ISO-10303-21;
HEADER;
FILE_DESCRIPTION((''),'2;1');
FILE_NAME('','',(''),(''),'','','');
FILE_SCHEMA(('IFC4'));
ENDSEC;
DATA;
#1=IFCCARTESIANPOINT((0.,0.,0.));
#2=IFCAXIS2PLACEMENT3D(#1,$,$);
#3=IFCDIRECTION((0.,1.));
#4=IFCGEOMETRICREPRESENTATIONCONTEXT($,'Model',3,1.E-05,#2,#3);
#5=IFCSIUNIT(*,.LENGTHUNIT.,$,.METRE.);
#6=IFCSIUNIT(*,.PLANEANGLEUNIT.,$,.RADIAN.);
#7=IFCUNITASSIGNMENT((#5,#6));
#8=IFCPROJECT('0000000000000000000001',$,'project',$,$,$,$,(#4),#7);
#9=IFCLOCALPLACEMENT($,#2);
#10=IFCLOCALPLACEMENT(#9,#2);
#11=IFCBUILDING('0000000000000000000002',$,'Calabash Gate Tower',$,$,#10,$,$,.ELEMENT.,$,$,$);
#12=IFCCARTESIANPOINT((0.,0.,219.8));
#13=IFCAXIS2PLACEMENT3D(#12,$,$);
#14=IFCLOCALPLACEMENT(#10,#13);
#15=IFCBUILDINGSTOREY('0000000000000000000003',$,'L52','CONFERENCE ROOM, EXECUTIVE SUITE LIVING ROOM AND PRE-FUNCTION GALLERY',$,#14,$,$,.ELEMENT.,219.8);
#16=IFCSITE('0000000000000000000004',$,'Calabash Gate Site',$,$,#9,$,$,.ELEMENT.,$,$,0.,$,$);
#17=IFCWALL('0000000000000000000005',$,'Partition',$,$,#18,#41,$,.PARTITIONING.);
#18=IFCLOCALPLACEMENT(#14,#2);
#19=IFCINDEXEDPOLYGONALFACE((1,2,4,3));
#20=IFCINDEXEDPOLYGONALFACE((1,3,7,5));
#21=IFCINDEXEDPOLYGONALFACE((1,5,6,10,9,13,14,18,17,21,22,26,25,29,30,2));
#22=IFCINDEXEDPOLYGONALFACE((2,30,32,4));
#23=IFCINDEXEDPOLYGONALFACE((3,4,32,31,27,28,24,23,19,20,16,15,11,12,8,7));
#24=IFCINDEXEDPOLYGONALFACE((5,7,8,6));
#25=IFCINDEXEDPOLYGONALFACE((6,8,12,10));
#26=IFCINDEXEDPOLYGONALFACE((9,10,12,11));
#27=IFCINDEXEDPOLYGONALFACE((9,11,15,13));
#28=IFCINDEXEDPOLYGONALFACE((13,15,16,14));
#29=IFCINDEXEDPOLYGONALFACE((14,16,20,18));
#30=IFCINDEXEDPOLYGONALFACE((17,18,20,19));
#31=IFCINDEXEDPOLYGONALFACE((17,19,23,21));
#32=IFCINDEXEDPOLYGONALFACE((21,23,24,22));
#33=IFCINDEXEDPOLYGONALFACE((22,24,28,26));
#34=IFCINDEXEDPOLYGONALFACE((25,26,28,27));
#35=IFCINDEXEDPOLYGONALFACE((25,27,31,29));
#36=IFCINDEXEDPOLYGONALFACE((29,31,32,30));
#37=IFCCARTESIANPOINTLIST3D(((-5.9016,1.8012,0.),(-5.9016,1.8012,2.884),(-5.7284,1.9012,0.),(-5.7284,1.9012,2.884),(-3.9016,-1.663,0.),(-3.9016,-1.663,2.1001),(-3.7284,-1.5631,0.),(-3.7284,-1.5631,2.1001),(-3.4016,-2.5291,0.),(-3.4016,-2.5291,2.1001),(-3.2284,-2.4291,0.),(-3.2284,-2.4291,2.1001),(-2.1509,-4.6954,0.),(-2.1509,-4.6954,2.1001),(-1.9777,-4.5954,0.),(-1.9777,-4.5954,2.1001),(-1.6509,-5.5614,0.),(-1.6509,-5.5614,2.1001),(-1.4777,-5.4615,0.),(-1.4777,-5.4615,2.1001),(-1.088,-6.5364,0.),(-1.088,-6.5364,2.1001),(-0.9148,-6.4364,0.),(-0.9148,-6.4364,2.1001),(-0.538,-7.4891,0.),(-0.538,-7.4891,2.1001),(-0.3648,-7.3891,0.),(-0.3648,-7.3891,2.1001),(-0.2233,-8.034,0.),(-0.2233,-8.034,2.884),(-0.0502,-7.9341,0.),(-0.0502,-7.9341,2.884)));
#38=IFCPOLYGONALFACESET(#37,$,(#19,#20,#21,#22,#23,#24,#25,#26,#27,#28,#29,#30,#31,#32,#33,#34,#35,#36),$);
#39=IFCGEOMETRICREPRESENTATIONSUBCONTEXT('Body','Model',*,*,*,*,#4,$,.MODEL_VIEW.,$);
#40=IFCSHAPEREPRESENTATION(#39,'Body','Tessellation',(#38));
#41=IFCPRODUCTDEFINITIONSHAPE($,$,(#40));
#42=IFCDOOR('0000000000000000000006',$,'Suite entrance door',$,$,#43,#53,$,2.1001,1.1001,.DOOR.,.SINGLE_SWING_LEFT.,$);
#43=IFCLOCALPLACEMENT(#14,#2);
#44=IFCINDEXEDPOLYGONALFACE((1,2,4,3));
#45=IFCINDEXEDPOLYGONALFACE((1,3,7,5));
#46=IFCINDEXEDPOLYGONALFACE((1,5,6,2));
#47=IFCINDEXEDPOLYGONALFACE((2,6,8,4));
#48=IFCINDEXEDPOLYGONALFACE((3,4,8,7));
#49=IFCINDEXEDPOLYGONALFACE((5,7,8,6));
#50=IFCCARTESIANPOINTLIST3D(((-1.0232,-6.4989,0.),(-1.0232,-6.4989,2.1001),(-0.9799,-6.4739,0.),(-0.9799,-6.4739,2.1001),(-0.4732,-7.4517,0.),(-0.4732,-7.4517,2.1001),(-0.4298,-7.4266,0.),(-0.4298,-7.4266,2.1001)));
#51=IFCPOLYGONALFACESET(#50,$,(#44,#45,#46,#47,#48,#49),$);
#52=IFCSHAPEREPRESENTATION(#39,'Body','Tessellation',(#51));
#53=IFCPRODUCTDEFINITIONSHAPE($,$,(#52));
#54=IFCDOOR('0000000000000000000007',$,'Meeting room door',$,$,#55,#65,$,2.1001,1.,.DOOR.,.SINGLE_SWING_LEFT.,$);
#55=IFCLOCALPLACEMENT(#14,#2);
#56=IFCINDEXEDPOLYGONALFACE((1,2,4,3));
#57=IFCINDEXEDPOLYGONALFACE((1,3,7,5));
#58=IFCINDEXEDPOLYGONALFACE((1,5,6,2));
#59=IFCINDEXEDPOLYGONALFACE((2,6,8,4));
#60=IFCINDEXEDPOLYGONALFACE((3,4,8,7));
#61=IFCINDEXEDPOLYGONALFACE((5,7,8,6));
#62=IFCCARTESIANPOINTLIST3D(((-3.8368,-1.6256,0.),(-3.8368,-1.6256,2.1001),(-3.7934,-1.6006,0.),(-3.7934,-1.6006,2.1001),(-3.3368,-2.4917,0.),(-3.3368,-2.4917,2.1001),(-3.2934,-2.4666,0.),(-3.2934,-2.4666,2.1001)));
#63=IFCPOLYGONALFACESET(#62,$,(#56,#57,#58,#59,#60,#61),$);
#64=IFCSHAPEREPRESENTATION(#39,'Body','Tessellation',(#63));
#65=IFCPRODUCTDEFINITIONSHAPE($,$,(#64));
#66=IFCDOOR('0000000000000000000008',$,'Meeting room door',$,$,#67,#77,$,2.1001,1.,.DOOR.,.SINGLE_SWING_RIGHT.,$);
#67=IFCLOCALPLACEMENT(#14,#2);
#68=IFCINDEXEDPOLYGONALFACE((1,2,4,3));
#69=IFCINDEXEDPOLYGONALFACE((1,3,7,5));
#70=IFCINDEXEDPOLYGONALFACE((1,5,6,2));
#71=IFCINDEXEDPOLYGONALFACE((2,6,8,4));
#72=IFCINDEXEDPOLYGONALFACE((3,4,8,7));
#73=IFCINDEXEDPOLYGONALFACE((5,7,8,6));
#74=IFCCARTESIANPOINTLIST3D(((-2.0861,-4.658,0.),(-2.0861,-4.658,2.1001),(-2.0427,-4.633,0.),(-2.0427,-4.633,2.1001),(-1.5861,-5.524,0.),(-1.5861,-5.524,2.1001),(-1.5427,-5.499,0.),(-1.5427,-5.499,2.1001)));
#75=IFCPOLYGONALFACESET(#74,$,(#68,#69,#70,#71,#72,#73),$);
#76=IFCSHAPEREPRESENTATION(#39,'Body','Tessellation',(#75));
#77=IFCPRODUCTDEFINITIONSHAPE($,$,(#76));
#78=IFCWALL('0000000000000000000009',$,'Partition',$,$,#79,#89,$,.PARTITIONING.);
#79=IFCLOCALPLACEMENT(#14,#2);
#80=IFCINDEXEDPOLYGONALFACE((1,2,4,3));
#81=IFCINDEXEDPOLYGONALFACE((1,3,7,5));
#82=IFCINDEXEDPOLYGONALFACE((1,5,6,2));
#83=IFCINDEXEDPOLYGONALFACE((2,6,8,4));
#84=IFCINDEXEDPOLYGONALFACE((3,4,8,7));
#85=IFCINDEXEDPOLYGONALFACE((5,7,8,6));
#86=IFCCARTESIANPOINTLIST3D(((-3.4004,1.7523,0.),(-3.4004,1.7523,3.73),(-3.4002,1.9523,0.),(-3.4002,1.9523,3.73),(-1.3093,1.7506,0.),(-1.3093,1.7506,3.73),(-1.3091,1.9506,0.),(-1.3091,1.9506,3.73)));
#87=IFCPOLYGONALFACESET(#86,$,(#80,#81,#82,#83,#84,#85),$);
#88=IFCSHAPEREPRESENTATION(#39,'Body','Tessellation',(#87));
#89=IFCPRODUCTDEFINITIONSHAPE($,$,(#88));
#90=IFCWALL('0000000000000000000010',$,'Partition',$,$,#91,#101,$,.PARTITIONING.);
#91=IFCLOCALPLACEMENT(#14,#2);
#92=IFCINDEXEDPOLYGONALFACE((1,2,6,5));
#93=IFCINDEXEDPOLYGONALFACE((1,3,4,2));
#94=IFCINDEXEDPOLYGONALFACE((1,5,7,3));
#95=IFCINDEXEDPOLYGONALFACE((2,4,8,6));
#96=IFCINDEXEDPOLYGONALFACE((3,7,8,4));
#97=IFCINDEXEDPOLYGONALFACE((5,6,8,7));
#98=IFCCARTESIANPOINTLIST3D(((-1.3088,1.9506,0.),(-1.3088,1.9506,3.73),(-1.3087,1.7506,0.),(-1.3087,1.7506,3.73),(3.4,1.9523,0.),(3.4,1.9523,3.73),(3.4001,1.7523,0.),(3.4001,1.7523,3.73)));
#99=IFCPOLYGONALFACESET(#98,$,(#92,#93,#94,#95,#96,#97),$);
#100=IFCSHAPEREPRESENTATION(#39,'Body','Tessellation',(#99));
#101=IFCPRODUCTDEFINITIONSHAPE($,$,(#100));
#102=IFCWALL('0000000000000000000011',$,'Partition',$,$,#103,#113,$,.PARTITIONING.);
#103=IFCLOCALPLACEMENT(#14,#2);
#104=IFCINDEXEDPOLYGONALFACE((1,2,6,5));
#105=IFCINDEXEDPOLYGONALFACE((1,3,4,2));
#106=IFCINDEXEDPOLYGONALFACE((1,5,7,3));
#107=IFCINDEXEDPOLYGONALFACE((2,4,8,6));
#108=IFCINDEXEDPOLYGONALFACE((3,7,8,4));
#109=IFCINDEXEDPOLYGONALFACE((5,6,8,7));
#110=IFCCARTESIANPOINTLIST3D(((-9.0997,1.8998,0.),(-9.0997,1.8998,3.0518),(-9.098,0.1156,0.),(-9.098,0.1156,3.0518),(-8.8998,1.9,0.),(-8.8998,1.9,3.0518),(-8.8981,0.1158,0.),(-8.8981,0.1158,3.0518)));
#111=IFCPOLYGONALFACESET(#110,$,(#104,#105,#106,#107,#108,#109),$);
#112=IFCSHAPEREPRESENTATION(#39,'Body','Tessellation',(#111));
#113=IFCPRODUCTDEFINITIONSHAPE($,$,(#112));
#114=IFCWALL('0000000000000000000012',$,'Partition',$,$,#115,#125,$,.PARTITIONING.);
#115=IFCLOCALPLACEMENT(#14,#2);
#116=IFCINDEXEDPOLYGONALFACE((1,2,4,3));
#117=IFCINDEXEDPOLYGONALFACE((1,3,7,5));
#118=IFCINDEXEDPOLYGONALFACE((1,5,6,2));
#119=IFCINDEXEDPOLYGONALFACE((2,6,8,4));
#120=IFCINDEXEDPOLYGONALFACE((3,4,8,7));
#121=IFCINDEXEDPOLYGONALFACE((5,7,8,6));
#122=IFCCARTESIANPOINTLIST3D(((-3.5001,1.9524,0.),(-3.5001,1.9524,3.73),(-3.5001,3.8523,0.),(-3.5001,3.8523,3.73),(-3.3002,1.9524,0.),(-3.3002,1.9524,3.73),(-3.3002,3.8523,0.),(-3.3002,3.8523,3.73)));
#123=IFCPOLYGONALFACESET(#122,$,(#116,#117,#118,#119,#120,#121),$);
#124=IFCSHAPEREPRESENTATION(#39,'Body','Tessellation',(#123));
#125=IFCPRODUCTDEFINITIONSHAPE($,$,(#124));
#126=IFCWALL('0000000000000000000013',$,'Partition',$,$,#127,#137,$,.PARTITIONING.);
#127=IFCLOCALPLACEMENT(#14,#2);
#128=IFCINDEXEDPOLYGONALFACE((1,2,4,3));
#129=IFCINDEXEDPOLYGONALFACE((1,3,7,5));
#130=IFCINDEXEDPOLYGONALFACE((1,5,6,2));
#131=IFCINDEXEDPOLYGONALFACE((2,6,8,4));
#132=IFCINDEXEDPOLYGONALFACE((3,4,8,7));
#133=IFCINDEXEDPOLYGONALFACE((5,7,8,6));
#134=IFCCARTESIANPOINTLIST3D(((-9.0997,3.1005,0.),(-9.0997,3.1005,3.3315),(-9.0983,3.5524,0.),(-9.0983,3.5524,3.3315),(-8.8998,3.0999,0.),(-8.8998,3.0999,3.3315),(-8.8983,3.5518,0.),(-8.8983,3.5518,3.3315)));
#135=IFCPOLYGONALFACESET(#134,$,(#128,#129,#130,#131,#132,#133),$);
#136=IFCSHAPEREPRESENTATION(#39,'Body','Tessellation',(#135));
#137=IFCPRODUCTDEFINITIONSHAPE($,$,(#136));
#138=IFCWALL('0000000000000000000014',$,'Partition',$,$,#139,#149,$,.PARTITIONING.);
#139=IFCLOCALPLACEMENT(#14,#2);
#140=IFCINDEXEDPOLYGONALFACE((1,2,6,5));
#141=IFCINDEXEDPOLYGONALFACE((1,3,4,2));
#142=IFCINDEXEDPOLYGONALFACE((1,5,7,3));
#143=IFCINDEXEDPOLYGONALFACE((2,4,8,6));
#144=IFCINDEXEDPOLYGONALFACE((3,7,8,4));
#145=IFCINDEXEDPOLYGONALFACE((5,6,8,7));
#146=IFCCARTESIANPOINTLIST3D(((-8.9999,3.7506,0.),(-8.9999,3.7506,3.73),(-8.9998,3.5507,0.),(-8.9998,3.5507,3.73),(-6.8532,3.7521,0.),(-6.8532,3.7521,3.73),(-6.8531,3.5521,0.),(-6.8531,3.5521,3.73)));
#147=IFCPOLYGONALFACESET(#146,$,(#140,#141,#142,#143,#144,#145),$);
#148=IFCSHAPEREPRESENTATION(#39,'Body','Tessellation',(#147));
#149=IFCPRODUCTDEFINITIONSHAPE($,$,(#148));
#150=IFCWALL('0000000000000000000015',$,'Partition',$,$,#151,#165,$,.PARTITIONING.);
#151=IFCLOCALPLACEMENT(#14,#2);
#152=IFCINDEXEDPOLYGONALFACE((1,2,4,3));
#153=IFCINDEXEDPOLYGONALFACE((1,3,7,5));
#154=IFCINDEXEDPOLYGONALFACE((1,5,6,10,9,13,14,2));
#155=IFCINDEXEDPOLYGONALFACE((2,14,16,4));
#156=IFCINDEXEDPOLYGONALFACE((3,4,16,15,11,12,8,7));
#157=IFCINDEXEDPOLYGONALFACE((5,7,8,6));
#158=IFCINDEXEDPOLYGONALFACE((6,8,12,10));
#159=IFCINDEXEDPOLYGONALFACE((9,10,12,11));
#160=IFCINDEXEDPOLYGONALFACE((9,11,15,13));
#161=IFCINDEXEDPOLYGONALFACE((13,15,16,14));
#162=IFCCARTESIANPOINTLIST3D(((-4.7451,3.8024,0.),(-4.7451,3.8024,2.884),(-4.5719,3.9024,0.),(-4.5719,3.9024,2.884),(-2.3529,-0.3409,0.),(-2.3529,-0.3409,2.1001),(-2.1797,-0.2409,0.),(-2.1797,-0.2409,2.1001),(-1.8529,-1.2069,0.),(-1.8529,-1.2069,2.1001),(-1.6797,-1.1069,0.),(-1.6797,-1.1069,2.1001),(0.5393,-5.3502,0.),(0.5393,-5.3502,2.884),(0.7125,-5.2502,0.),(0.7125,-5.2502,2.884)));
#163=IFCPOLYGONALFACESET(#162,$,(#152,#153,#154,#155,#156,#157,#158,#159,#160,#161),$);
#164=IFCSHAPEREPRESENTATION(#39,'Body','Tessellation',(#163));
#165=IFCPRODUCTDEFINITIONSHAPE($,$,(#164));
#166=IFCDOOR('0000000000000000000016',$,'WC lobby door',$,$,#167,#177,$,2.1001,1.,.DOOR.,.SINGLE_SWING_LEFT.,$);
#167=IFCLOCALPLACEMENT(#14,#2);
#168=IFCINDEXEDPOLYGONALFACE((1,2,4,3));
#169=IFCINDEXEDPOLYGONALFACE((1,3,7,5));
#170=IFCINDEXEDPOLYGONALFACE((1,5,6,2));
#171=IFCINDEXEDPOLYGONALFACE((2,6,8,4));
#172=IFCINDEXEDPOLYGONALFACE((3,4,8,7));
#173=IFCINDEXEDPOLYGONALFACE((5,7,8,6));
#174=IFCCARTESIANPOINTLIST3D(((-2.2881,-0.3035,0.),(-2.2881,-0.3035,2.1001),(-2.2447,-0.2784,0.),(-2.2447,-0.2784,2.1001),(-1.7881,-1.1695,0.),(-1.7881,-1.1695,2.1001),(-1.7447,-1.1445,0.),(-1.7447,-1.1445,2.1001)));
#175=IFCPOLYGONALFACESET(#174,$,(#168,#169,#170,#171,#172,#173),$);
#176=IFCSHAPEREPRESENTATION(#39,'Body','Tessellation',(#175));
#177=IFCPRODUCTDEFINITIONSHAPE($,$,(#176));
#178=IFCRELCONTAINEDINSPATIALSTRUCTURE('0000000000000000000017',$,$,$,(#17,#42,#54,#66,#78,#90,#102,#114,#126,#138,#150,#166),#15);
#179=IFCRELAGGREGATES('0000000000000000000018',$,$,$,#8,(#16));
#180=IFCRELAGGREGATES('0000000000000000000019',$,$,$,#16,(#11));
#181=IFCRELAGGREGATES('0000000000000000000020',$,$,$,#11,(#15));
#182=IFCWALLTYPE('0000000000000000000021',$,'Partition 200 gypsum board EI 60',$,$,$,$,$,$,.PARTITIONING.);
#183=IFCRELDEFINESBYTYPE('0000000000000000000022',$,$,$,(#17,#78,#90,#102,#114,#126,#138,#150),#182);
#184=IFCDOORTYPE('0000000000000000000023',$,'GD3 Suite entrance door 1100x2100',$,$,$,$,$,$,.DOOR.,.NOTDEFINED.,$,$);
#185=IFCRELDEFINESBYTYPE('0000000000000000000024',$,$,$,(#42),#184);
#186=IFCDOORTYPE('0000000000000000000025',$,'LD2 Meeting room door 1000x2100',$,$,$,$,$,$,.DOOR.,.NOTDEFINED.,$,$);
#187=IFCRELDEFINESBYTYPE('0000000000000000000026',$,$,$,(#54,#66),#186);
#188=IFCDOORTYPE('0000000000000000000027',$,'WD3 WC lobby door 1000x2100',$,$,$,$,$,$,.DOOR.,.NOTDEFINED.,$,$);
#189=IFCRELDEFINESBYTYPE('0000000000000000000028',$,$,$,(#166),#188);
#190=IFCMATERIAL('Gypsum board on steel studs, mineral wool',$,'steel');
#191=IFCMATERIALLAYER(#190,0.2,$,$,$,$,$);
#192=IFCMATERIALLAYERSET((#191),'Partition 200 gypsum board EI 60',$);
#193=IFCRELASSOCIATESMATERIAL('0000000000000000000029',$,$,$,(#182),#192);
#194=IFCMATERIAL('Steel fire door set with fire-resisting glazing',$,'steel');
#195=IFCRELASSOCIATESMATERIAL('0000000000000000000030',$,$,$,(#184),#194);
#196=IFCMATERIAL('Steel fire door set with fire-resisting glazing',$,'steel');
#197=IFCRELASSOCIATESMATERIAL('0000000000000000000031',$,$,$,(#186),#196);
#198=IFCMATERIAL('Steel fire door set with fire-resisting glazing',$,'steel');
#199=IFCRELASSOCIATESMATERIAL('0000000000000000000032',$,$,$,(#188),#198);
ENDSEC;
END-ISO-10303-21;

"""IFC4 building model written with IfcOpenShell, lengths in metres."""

from ifc_helpers import new_model, si_unit, direction, frame, frame_2d, origin, place, context, subcontext, project, spatial, rectangle, extrude, material, layer, layer_set, type_object, element, fill, save


model = new_model("IFC4")

# Units and contexts
model_context = context("Model", 3, precision=1e-05, world=origin(), true_north=direction((0.0, 1.0)))
body_context = subcontext(model_context, "Body", "Model", "MODEL_VIEW")
ifc_project = project(units=[si_unit("LENGTHUNIT", "METRE"), si_unit("PLANEANGLEUNIT", "RADIAN")], contexts=[model_context])

# Site, building, storey
site_placement = place(None, origin())
site = spatial("IfcSite", under=ifc_project, at=site_placement, Name="Calabash Gate Site", CompositionType="ELEMENT", RefElevation=0.0)
building_placement = place(site_placement, origin())
building = spatial("IfcBuilding", under=site, at=building_placement, Name="Calabash Gate Tower", CompositionType="ELEMENT")
storey_placement = place(building_placement, frame((0.0, 0.0, 219.8)))
storey = spatial("IfcBuildingStorey", under=building, at=storey_placement, Name="L52", Description="CONFERENCE ROOM, EXECUTIVE SUITE LIVING ROOM AND PRE-FUNCTION GALLERY", CompositionType="ELEMENT", Elevation=219.8)

# Wall, openings, doors
ifc_material_1 = material(Name="Gypsum board on steel studs, mineral wool", Category="steel")
ifc_layer_1 = layer(ifc_material_1, 0.2)
ifc_layer_set_1 = layer_set([ifc_layer_1], Name="Partition 200 gypsum board EI 60")
wall_type_1 = type_object("IfcWallType", Name="Partition 200 gypsum board EI 60", PredefinedType="PARTITIONING", material=ifc_layer_set_1)
wall_1_placement = place(storey_placement, frame((-5.8149, 1.8511, 0.0), z_axis=(0.0, 0.0, 1.0), x_axis=(0.499991, -0.866031, 0.0)))
wall_1 = element("IfcWall", 1, at=wall_1_placement, inside=storey, type_object=wall_type_1, Name="Partition", PredefinedType="PARTITIONING", context=body_context, shape_type="SweptSolid", body=[
    extrude(rectangle(XDim=11.3567, YDim=0.2, at=frame_2d((5.6782, 0.0))), origin(), (0.0, 0.0, 1.0), 2.884),
])
opening_1_placement = place(wall_1_placement, frame((4.0, 0.0, 0.0)))
opening_1 = element("IfcOpeningElement", 2, at=opening_1_placement, cuts=wall_1, PredefinedType="OPENING", context=body_context, shape_type="SweptSolid", body=[
    extrude(rectangle(XDim=1.0, YDim=2.1001, at=frame_2d((0.5, 1.05))), frame((0.0, 0.1099, 0.0), z_axis=(0.0, -1.0, 0.0), x_axis=(1.0, 0.0, 0.0)), (0.0, 0.0, 1.0), 0.22),
])
opening_2_placement = place(wall_1_placement, frame((7.5015, 0.0, 0.0)))
opening_2 = element("IfcOpeningElement", 3, at=opening_2_placement, cuts=wall_1, PredefinedType="OPENING", context=body_context, shape_type="SweptSolid", body=[
    extrude(rectangle(XDim=1.0, YDim=2.1001, at=frame_2d((0.5, 1.05))), frame((0.0, 0.1099, 0.0), z_axis=(0.0, -1.0, 0.0), x_axis=(1.0, 0.0, 0.0)), (0.0, 0.0, 1.0), 0.22),
])
opening_3_placement = place(wall_1_placement, frame((9.6272, 0.0, 0.0)))
opening_3 = element("IfcOpeningElement", 4, at=opening_3_placement, cuts=wall_1, PredefinedType="OPENING", context=body_context, shape_type="SweptSolid", body=[
    extrude(rectangle(XDim=1.1001, YDim=2.1001, at=frame_2d((0.55, 1.05))), frame((0.0, 0.1099, 0.0), z_axis=(0.0, -1.0, 0.0), x_axis=(1.0, 0.0, 0.0)), (0.0, 0.0, 1.0), 0.22),
])
ifc_material_2 = material(Name="Steel fire door set with fire-resisting glazing", Category="steel")
door_type_1 = type_object("IfcDoorType", Name="GD3 Suite entrance door 1100x2100", OperationType="NOTDEFINED", PredefinedType="DOOR", material=ifc_material_2)
door_1_placement = place(opening_3_placement, origin())
door_1 = element("IfcDoor", 5, at=door_1_placement, inside=storey, type_object=door_type_1, Name="Suite entrance door", OperationType="SINGLE_SWING_LEFT", OverallHeight=2.1001, OverallWidth=1.1001, PredefinedType="DOOR", context=body_context, shape_type="SweptSolid", body=[
    extrude(rectangle(XDim=1.1001, YDim=2.1001, at=frame_2d((0.55, 1.05))), frame((0.0, 0.0249, 0.0), z_axis=(0.0, -1.0, 0.0), x_axis=(1.0, 0.0, 0.0)), (0.0, 0.0, 1.0), 0.05),
])
fill(opening_3, door_1)
ifc_material_3 = material(Name="Steel fire door set with fire-resisting glazing", Category="steel")
door_type_2 = type_object("IfcDoorType", Name="LD2 Meeting room door 1000x2100", OperationType="NOTDEFINED", PredefinedType="DOOR", material=ifc_material_3)
door_2_placement = place(opening_1_placement, origin())
door_2 = element("IfcDoor", 6, at=door_2_placement, inside=storey, type_object=door_type_2, Name="Meeting room door", OperationType="SINGLE_SWING_LEFT", OverallHeight=2.1001, OverallWidth=1.0, PredefinedType="DOOR", context=body_context, shape_type="SweptSolid", body=[
    extrude(rectangle(XDim=1.0, YDim=2.1001, at=frame_2d((0.5, 1.05))), frame((0.0, 0.0249, 0.0), z_axis=(0.0, -1.0, 0.0), x_axis=(1.0, 0.0, 0.0)), (0.0, 0.0, 1.0), 0.05),
])
fill(opening_1, door_2)
door_3_placement = place(opening_2_placement, origin())
door_3 = element("IfcDoor", 7, at=door_3_placement, inside=storey, type_object=door_type_2, Name="Meeting room door", OperationType="SINGLE_SWING_RIGHT", OverallHeight=2.1001, OverallWidth=1.0, PredefinedType="DOOR", context=body_context, shape_type="SweptSolid", body=[
    extrude(rectangle(XDim=1.0, YDim=2.1001, at=frame_2d((0.5, 1.05))), frame((0.0, 0.0249, 0.0), z_axis=(0.0, -1.0, 0.0), x_axis=(1.0, 0.0, 0.0)), (0.0, 0.0, 1.0), 0.05),
])
fill(opening_2, door_3)

# Walls
wall_2_placement = place(storey_placement, frame((-3.4001, 1.8523, 0.0), z_axis=(0.0, 0.0, 1.0), x_axis=(1.0, -0.000817, 0.0)))
element("IfcWall", 8, at=wall_2_placement, inside=storey, type_object=wall_type_1, Name="Partition", PredefinedType="PARTITIONING", context=body_context, shape_type="SweptSolid", body=[
    extrude(rectangle(XDim=2.0911, YDim=0.2, at=frame_2d((1.0454, 0.0))), origin(), (0.0, 0.0, 1.0), 3.73),
])
wall_3_placement = place(storey_placement, frame((-1.3088, 1.8506, 0.0), z_axis=(0.0, 0.0, 1.0), x_axis=(1.0, 0.000363, 0.0)))
element("IfcWall", 9, at=wall_3_placement, inside=storey, type_object=wall_type_1, Name="Partition", PredefinedType="PARTITIONING", context=body_context, shape_type="SweptSolid", body=[
    extrude(rectangle(XDim=4.7087, YDim=0.2, at=frame_2d((2.3545, 0.0))), origin(), (0.0, 0.0, 1.0), 3.73),
])
wall_4_placement = place(storey_placement, frame((-8.9998, 1.8999, 0.0), z_axis=(0.0, 0.0, 1.0), x_axis=(0.000958, -1.0, 0.0)))
element("IfcWall", 10, at=wall_4_placement, inside=storey, type_object=wall_type_1, Name="Partition", PredefinedType="PARTITIONING", context=body_context, shape_type="SweptSolid", body=[
    extrude(rectangle(XDim=1.7842, YDim=0.2, at=frame_2d((0.8921, 0.0))), origin(), (0.0, 0.0, 1.0), 3.0518),
])
wall_5_placement = place(storey_placement, frame((-3.4001, 3.8523, 0.0), z_axis=(0.0, 0.0, 1.0), x_axis=(0.0, -1.0, 0.0)))
element("IfcWall", 11, at=wall_5_placement, inside=storey, type_object=wall_type_1, Name="Partition", PredefinedType="PARTITIONING", context=body_context, shape_type="SweptSolid", body=[
    extrude(rectangle(XDim=1.8999, YDim=0.2, at=frame_2d((0.95, 0.0))), origin(), (0.0, 0.0, 1.0), 3.73),
])
wall_6_placement = place(storey_placement, frame((-8.9998, 3.1001, 0.0), z_axis=(0.0, 0.0, 1.0), x_axis=(0.003241, 0.999995, 0.0)))
element("IfcWall", 12, at=wall_6_placement, inside=storey, type_object=wall_type_1, Name="Partition", PredefinedType="PARTITIONING", context=body_context, shape_type="SweptSolid", body=[
    extrude(rectangle(XDim=0.4519, YDim=0.2, at=frame_2d((0.2261, 0.0))), origin(), (0.0, 0.0, 1.0), 3.3315),
])
wall_7_placement = place(storey_placement, frame((-8.9998, 3.6506, 0.0), z_axis=(0.0, 0.0, 1.0), x_axis=(1.0, 0.000682, 0.0)))
element("IfcWall", 13, at=wall_7_placement, inside=storey, type_object=wall_type_1, Name="Partition", PredefinedType="PARTITIONING", context=body_context, shape_type="SweptSolid", body=[
    extrude(rectangle(XDim=2.1467, YDim=0.2, at=frame_2d((1.0732, 0.0))), origin(), (0.0, 0.0, 1.0), 3.73),
])

# Wall, opening, door
wall_8_placement = place(storey_placement, frame((-4.6584, 3.8523, 0.0), z_axis=(0.0, 0.0, 1.0), x_axis=(0.500012, -0.866018, 0.0)))
wall_8 = element("IfcWall", 14, at=wall_8_placement, inside=storey, type_object=wall_type_1, Name="Partition", PredefinedType="PARTITIONING", context=body_context, shape_type="SweptSolid", body=[
    extrude(rectangle(XDim=10.5686, YDim=0.2, at=frame_2d((5.2842, 0.0))), origin(), (0.0, 0.0, 1.0), 2.884),
])
opening_4_placement = place(wall_8_placement, frame((4.7842, 0.0, 0.0)))
opening_4 = element("IfcOpeningElement", 15, at=opening_4_placement, cuts=wall_8, PredefinedType="OPENING", context=body_context, shape_type="SweptSolid", body=[
    extrude(rectangle(XDim=1.0, YDim=2.1001, at=frame_2d((0.5, 1.05))), frame((0.0, 0.1099, 0.0), z_axis=(0.0, -1.0, 0.0), x_axis=(1.0, 0.0, 0.0)), (0.0, 0.0, 1.0), 0.22),
])
ifc_material_4 = material(Name="Steel fire door set with fire-resisting glazing", Category="steel")
door_type_3 = type_object("IfcDoorType", Name="WD3 WC lobby door 1000x2100", OperationType="NOTDEFINED", PredefinedType="DOOR", material=ifc_material_4)
door_4_placement = place(opening_4_placement, origin())
door_4 = element("IfcDoor", 16, at=door_4_placement, inside=storey, type_object=door_type_3, Name="WC lobby door", OperationType="SINGLE_SWING_LEFT", OverallHeight=2.1001, OverallWidth=1.0, PredefinedType="DOOR", context=body_context, shape_type="SweptSolid", body=[
    extrude(rectangle(XDim=1.0, YDim=2.1001, at=frame_2d((0.5, 1.05))), frame((0.0, 0.0249, 0.0), z_axis=(0.0, -1.0, 0.0), x_axis=(1.0, 0.0, 0.0)), (0.0, 0.0, 1.0), 0.05),
])
fill(opening_4, door_4)

save(model, "model.ifc")
